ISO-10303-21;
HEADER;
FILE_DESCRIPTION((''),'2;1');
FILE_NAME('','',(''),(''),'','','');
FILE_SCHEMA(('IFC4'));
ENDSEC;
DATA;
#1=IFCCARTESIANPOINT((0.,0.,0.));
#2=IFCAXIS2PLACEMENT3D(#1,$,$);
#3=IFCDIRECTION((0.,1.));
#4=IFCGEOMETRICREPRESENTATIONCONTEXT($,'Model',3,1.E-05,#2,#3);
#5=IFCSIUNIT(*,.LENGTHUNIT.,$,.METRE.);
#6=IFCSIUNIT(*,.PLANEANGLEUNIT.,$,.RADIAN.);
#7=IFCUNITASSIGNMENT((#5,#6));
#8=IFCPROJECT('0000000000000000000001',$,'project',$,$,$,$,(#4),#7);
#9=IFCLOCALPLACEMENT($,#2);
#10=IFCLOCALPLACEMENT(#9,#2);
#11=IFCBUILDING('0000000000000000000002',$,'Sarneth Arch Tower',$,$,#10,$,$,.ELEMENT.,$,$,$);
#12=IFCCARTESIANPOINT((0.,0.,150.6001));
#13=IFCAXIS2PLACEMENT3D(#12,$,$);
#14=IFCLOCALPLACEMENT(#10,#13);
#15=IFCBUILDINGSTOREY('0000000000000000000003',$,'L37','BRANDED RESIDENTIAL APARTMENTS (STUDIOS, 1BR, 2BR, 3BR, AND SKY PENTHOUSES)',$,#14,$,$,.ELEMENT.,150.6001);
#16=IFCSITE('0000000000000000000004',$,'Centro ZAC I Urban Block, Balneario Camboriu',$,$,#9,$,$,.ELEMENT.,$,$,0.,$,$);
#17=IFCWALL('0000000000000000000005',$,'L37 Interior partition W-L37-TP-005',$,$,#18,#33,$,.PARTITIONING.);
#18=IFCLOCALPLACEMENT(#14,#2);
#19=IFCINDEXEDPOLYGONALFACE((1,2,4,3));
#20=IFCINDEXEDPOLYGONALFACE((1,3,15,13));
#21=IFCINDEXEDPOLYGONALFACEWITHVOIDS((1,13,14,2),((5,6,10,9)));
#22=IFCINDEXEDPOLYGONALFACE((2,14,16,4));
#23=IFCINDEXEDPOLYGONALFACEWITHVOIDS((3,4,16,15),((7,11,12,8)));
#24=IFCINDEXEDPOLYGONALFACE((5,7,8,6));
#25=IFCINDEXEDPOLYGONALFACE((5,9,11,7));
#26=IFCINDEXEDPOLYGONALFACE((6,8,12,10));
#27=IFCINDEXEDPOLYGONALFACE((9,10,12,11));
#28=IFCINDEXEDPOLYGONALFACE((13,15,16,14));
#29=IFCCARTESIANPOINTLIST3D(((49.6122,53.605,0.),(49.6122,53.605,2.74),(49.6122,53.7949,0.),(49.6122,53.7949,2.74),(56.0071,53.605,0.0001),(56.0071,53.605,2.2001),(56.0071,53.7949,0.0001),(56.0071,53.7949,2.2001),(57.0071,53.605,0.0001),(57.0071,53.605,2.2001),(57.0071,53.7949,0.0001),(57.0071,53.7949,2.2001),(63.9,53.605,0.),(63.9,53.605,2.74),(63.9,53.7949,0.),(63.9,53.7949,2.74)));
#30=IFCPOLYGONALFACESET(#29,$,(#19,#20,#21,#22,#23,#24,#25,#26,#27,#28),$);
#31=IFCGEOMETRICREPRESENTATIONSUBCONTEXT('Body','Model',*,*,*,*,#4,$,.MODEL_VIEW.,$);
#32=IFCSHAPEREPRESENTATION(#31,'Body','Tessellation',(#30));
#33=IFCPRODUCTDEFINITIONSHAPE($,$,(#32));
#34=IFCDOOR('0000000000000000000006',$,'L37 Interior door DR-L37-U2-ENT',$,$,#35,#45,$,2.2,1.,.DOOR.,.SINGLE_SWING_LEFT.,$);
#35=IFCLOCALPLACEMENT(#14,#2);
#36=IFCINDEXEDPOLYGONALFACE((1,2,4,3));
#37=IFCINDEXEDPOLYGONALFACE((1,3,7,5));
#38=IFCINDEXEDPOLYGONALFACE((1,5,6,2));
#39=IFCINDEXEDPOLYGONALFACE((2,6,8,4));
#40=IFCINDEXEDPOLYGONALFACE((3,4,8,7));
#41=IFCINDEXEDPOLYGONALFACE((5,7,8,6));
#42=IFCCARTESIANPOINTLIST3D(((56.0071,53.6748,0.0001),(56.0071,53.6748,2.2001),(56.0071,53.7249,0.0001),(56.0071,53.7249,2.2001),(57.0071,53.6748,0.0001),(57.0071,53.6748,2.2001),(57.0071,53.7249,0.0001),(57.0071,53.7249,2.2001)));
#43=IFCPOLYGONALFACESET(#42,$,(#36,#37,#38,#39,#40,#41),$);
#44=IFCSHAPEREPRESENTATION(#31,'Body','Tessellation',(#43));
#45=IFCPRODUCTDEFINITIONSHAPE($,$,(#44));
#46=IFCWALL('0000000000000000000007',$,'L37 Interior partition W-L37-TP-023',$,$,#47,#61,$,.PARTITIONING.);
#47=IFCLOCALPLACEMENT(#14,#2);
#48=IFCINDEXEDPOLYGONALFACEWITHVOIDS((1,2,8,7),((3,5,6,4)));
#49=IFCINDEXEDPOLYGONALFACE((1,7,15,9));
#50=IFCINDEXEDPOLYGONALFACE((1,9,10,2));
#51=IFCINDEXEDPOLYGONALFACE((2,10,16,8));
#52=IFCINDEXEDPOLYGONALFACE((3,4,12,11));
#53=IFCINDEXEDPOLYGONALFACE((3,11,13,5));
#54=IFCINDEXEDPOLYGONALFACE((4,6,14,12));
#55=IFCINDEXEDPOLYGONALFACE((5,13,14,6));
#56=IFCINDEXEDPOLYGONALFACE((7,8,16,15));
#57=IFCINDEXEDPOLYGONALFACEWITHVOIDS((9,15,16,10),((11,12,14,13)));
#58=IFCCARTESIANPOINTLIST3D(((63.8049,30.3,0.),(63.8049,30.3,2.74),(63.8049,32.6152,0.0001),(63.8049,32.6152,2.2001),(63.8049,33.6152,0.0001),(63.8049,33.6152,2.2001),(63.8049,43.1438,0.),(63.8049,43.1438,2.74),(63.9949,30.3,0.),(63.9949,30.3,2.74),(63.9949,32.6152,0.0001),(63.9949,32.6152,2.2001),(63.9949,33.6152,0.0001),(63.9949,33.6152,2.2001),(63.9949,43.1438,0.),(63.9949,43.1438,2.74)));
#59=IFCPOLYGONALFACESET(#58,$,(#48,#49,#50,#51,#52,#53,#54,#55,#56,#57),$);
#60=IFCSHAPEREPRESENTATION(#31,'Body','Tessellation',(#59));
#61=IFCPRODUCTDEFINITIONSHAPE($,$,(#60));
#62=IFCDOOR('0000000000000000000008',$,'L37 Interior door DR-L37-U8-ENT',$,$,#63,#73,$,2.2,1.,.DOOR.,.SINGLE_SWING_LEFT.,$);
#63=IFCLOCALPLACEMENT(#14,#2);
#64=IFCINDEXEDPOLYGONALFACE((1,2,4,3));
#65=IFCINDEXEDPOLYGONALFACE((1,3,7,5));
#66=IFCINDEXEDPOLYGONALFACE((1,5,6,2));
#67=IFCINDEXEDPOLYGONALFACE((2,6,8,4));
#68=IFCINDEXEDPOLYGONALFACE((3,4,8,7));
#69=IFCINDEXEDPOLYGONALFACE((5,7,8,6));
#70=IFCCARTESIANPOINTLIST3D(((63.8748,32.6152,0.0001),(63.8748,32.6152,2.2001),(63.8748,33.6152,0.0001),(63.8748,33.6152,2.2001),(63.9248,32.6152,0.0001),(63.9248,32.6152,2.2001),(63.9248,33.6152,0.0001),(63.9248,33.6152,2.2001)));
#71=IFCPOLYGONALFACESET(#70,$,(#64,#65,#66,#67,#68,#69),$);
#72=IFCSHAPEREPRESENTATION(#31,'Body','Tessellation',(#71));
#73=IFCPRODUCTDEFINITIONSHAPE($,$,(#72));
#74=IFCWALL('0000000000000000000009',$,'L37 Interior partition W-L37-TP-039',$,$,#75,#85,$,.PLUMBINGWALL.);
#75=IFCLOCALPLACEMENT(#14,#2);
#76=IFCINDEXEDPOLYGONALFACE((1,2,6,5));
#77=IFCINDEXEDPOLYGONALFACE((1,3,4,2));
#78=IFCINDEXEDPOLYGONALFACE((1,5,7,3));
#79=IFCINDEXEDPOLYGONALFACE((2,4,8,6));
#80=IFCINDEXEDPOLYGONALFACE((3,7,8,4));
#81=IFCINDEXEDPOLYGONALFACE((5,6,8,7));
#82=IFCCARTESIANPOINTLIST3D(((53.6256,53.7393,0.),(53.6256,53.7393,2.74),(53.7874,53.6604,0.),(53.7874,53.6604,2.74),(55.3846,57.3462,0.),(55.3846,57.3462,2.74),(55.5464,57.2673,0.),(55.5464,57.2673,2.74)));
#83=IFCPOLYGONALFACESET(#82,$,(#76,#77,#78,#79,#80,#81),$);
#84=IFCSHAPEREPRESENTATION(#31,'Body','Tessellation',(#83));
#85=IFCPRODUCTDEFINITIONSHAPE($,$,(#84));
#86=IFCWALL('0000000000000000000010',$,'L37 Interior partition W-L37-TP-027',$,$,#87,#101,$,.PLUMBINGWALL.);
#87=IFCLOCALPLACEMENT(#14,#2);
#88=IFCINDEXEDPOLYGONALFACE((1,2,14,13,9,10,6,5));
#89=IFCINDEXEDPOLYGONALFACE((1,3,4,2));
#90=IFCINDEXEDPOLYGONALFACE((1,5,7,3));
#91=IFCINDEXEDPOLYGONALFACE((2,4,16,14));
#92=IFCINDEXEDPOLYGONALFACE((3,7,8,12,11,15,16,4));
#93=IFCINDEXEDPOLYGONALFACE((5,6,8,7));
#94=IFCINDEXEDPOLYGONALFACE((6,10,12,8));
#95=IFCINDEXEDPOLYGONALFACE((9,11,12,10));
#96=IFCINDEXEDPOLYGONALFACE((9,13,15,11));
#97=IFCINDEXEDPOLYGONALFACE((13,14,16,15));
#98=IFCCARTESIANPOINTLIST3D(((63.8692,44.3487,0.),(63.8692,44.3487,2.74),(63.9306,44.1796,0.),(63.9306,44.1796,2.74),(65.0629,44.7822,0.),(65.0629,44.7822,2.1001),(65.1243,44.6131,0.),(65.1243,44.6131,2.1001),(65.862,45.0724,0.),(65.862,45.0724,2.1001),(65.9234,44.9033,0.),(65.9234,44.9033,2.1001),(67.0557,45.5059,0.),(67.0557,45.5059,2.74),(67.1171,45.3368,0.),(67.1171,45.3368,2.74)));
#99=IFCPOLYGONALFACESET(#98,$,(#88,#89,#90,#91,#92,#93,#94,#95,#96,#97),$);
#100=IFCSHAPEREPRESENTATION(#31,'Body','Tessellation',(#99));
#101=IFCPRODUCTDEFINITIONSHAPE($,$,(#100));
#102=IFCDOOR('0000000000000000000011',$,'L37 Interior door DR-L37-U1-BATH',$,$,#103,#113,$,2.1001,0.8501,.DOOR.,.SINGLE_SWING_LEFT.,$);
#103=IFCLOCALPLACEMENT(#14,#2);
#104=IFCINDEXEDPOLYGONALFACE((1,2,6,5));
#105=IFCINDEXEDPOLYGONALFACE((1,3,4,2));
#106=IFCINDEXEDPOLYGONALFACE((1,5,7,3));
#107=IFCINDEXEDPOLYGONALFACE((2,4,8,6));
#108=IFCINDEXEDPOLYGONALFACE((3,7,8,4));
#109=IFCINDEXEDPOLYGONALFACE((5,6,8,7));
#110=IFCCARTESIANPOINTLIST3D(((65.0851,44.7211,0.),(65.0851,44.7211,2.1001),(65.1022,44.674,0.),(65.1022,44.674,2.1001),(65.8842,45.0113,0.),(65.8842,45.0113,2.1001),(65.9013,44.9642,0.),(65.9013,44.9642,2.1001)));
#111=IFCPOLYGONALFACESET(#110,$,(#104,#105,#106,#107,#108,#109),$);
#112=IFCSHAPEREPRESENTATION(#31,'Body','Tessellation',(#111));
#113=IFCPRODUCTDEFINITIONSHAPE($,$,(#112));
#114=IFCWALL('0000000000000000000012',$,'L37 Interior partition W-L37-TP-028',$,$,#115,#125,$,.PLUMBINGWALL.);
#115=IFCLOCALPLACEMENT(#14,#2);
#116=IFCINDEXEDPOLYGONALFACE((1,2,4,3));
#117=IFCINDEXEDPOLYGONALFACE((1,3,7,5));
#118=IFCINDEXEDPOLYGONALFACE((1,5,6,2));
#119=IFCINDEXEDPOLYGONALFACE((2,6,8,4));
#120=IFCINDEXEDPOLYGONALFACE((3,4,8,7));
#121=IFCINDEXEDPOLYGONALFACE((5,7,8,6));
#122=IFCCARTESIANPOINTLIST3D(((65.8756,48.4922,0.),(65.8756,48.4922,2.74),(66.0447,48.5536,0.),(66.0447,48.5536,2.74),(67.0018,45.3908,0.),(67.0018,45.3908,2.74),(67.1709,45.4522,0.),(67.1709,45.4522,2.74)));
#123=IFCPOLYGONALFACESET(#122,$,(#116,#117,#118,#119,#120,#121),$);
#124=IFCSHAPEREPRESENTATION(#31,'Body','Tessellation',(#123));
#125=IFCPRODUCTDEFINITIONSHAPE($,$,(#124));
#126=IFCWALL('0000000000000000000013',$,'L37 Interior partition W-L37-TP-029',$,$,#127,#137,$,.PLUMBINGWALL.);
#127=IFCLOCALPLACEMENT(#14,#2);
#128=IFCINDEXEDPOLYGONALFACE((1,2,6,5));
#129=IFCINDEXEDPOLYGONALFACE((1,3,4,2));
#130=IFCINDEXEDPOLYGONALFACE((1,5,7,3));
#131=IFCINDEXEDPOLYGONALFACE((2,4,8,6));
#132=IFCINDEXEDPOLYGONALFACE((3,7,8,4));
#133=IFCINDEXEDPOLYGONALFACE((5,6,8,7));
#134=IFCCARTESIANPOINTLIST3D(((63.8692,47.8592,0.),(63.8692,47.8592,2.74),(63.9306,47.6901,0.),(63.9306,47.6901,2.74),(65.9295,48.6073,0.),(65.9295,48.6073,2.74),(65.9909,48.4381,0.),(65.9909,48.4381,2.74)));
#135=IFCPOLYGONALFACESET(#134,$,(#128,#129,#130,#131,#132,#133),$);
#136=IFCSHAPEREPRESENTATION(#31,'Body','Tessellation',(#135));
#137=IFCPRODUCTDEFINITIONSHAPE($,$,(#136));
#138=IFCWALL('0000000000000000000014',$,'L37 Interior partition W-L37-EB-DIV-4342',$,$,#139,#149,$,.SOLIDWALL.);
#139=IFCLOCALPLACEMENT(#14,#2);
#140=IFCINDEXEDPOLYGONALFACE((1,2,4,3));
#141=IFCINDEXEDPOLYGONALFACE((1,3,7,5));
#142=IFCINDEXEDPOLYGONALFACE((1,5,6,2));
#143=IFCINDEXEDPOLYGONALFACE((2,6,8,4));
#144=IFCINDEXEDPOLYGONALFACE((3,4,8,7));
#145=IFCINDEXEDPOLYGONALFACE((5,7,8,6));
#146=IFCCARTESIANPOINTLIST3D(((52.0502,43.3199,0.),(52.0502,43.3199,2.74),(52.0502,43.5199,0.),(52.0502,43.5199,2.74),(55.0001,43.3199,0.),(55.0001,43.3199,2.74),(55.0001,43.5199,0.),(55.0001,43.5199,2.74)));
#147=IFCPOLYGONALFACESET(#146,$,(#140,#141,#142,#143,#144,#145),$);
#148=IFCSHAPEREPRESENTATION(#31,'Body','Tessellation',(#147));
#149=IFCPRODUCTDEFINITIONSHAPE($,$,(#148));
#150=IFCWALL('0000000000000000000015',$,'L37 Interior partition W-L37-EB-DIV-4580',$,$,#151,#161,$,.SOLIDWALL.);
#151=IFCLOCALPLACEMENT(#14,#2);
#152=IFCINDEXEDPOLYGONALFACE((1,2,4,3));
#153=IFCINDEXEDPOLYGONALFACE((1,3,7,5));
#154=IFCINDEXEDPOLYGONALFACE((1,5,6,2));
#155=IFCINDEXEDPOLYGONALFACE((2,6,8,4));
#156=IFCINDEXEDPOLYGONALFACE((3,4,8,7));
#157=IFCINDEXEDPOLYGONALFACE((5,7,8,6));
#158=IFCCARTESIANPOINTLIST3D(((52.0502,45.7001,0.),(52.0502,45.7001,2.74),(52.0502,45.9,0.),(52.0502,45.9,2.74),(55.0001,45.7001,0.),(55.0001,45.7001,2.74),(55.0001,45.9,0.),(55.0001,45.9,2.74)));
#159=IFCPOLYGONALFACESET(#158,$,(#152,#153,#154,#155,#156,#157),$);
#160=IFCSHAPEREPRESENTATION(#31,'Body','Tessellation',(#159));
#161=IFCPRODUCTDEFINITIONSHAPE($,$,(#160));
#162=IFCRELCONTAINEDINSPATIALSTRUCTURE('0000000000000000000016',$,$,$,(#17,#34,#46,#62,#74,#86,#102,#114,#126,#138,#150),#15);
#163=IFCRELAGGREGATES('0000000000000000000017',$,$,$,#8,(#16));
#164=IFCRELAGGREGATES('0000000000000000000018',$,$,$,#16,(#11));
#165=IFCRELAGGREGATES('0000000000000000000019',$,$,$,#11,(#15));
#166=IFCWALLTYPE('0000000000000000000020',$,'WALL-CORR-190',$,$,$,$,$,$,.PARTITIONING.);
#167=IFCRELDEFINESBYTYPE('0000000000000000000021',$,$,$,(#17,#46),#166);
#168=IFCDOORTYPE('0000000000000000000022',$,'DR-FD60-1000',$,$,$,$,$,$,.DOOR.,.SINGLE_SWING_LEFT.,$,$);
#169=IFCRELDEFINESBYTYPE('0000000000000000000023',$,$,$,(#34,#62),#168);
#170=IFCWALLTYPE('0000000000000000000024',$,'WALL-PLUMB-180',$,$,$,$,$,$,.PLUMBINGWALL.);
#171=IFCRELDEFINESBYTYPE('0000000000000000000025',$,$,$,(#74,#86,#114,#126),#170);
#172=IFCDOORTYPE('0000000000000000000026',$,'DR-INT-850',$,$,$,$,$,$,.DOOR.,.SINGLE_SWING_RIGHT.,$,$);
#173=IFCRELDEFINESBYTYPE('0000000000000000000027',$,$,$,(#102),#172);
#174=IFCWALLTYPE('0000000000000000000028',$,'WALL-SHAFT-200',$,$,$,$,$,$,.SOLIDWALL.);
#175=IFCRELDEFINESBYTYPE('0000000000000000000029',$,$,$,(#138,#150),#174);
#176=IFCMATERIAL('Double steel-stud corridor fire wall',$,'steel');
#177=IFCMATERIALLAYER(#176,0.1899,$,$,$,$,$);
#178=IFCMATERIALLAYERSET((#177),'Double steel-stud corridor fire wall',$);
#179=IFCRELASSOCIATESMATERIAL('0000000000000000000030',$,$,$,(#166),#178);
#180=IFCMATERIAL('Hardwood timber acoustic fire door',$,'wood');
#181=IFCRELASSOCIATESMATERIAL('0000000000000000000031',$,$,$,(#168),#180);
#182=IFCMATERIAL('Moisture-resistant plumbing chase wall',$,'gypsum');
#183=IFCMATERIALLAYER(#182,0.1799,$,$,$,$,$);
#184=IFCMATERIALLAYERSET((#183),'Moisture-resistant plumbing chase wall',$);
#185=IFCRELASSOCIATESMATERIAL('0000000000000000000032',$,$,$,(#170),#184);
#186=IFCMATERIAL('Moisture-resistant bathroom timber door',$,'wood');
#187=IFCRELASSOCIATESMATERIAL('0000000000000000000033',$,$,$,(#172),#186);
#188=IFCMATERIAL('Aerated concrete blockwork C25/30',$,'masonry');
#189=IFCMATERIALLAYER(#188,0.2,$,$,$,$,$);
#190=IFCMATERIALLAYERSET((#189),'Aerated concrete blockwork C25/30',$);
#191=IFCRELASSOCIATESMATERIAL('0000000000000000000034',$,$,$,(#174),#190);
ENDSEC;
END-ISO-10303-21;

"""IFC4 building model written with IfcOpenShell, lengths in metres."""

from ifc_helpers import new_model, si_unit, direction, frame, frame_2d, origin, place, context, subcontext, project, spatial, rectangle, extrude, material, layer, layer_set, type_object, element, fill, save


model = new_model("IFC4")

# Units and contexts
model_context = context("Model", 3, precision=1e-05, world=origin(), true_north=direction((0.0, 1.0)))
body_context = subcontext(model_context, "Body", "Model", "MODEL_VIEW")
ifc_project = project(units=[si_unit("LENGTHUNIT", "METRE"), si_unit("PLANEANGLEUNIT", "RADIAN")], contexts=[model_context])

# Site, building, storey
site_placement = place(None, origin())
site = spatial("IfcSite", under=ifc_project, at=site_placement, Name="Centro ZAC I Urban Block, Balneario Camboriu", CompositionType="ELEMENT", RefElevation=0.0)
building_placement = place(site_placement, origin())
building = spatial("IfcBuilding", under=site, at=building_placement, Name="Sarneth Arch Tower", CompositionType="ELEMENT")
storey_placement = place(building_placement, frame((0.0, 0.0, 150.6001)))
storey = spatial("IfcBuildingStorey", under=building, at=storey_placement, Name="L37", Description="BRANDED RESIDENTIAL APARTMENTS (STUDIOS, 1BR, 2BR, 3BR, AND SKY PENTHOUSES)", CompositionType="ELEMENT", Elevation=150.6001)

# Walls, openings, doors
ifc_material_1 = material(Name="Double steel-stud corridor fire wall", Category="steel")
ifc_layer_1 = layer(ifc_material_1, 0.1899)
ifc_layer_set_1 = layer_set([ifc_layer_1], Name="Double steel-stud corridor fire wall")
wall_type_1 = type_object("IfcWallType", Name="WALL-CORR-190", PredefinedType="PARTITIONING", material=ifc_layer_set_1)
ifc_material_2 = material(Name="Hardwood timber acoustic fire door", Category="wood")
door_type_1 = type_object("IfcDoorType", Name="DR-FD60-1000", OperationType="SINGLE_SWING_LEFT", PredefinedType="DOOR", material=ifc_material_2)
wall_1_placement = place(storey_placement, frame((49.6121, 53.7, 0.0), z_axis=(0.0, 0.0, 1.0), x_axis=(1.0, 0.0, 0.0)))
wall_1 = element("IfcWall", 1, at=wall_1_placement, inside=storey, type_object=wall_type_1, Name="L37 Interior partition W-L37-TP-005", PredefinedType="PARTITIONING", context=body_context, shape_type="SweptSolid", body=[
    extrude(rectangle(XDim=14.2878, YDim=0.1899, at=frame_2d((7.144, 0.0))), origin(), (0.0, 0.0, 1.0), 2.74),
])
opening_1_placement = place(wall_1_placement, frame((6.395, 0.0, 0.0)))
opening_1 = element("IfcOpeningElement", 2, at=opening_1_placement, cuts=wall_1, PredefinedType="OPENING", context=body_context, shape_type="SweptSolid", body=[
    extrude(rectangle(XDim=1.0, YDim=2.2, at=frame_2d((0.5, 1.1001))), frame((0.0, 0.105, 0.0), z_axis=(0.0, -1.0, 0.0), x_axis=(1.0, 0.0, 0.0)), (0.0, 0.0, 1.0), 0.21),
])
door_1_placement = place(opening_1_placement, origin())
door_1 = element("IfcDoor", 3, at=door_1_placement, inside=storey, type_object=door_type_1, Name="L37 Interior door DR-L37-U2-ENT", OperationType="SINGLE_SWING_LEFT", OverallHeight=2.2, OverallWidth=1.0, PredefinedType="DOOR", context=body_context, shape_type="SweptSolid", body=[
    extrude(rectangle(XDim=1.0, YDim=2.2, at=frame_2d((0.5, 1.1001))), frame((0.0, 0.0249, 0.0), z_axis=(0.0, -1.0, 0.0), x_axis=(1.0, 0.0, 0.0)), (0.0, 0.0, 1.0), 0.05),
])
fill(opening_1, door_1)
wall_2_placement = place(storey_placement, frame((63.8999, 43.1438, 0.0), z_axis=(0.0, 0.0, 1.0), x_axis=(0.0, -1.0, 0.0)))
wall_2 = element("IfcWall", 4, at=wall_2_placement, inside=storey, type_object=wall_type_1, Name="L37 Interior partition W-L37-TP-023", PredefinedType="PARTITIONING", context=body_context, shape_type="SweptSolid", body=[
    extrude(rectangle(XDim=12.8438, YDim=0.1899, at=frame_2d((6.4219, 0.0))), origin(), (0.0, 0.0, 1.0), 2.74),
])
opening_2_placement = place(wall_2_placement, frame((9.5286, 0.0, 0.0)))
opening_2 = element("IfcOpeningElement", 5, at=opening_2_placement, cuts=wall_2, PredefinedType="OPENING", context=body_context, shape_type="SweptSolid", body=[
    extrude(rectangle(XDim=1.0, YDim=2.2, at=frame_2d((0.5, 1.1001))), frame((0.0, 0.105, 0.0), z_axis=(0.0, -1.0, 0.0), x_axis=(1.0, 0.0, 0.0)), (0.0, 0.0, 1.0), 0.21),
])
door_2_placement = place(opening_2_placement, origin())
door_2 = element("IfcDoor", 6, at=door_2_placement, inside=storey, type_object=door_type_1, Name="L37 Interior door DR-L37-U8-ENT", OperationType="SINGLE_SWING_LEFT", OverallHeight=2.2, OverallWidth=1.0, PredefinedType="DOOR", context=body_context, shape_type="SweptSolid", body=[
    extrude(rectangle(XDim=1.0, YDim=2.2, at=frame_2d((0.5, 1.1001))), frame((0.0, 0.0249, 0.0), z_axis=(0.0, -1.0, 0.0), x_axis=(1.0, 0.0, 0.0)), (0.0, 0.0, 1.0), 0.05),
])
fill(opening_2, door_2)

# Wall
ifc_material_3 = material(Name="Moisture-resistant plumbing chase wall", Category="gypsum")
ifc_layer_2 = layer(ifc_material_3, 0.1799)
ifc_layer_set_2 = layer_set([ifc_layer_2], Name="Moisture-resistant plumbing chase wall")
wall_type_2 = type_object("IfcWallType", Name="WALL-PLUMB-180", PredefinedType="PLUMBINGWALL", material=ifc_layer_set_2)
wall_3_placement = place(storey_placement, frame((53.7065, 53.7, 0.0), z_axis=(0.0, 0.0, 1.0), x_axis=(0.438334, 0.898812, 0.0)))
element("IfcWall", 7, at=wall_3_placement, inside=storey, type_object=wall_type_2, Name="L37 Interior partition W-L37-TP-039", PredefinedType="PLUMBINGWALL", context=body_context, shape_type="SweptSolid", body=[
    extrude(rectangle(XDim=4.0129, YDim=0.1799, at=frame_2d((2.0063, 0.0))), origin(), (0.0, 0.0, 1.0), 2.74),
])

# Wall, opening, door
wall_4_placement = place(storey_placement, frame((63.8999, 44.2642, 0.0), z_axis=(0.0, 0.0, 1.0), x_axis=(0.939936, 0.34135, 0.0)))
wall_4 = element("IfcWall", 8, at=wall_4_placement, inside=storey, type_object=wall_type_2, Name="L37 Interior partition W-L37-TP-027", PredefinedType="PLUMBINGWALL", context=body_context, shape_type="SweptSolid", body=[
    extrude(rectangle(XDim=3.3901, YDim=0.1799, at=frame_2d((1.6951, 0.0))), origin(), (0.0, 0.0, 1.0), 2.74),
])
opening_3_placement = place(wall_4_placement, frame((1.27, 0.0, 0.0)))
opening_3 = element("IfcOpeningElement", 9, at=opening_3_placement, cuts=wall_4, PredefinedType="OPENING", context=body_context, shape_type="SweptSolid", body=[
    extrude(rectangle(XDim=0.8501, YDim=2.1001, at=frame_2d((0.425, 1.05))), frame((0.0, 0.0999, 0.0), z_axis=(0.0, -1.0, 0.0), x_axis=(1.0, 0.0, 0.0)), (0.0, 0.0, 1.0), 0.2),
])
ifc_material_4 = material(Name="Moisture-resistant bathroom timber door", Category="wood")
door_type_2 = type_object("IfcDoorType", Name="DR-INT-850", OperationType="SINGLE_SWING_RIGHT", PredefinedType="DOOR", material=ifc_material_4)
door_3_placement = place(opening_3_placement, origin())
door_3 = element("IfcDoor", 10, at=door_3_placement, inside=storey, type_object=door_type_2, Name="L37 Interior door DR-L37-U1-BATH", OperationType="SINGLE_SWING_LEFT", OverallHeight=2.1001, OverallWidth=0.8501, PredefinedType="DOOR", context=body_context, shape_type="SweptSolid", body=[
    extrude(rectangle(XDim=0.8501, YDim=2.1001, at=frame_2d((0.425, 1.05))), frame((0.0, 0.0249, 0.0), z_axis=(0.0, -1.0, 0.0), x_axis=(1.0, 0.0, 0.0)), (0.0, 0.0, 1.0), 0.05),
])
fill(opening_3, door_3)

# Walls
wall_5_placement = place(storey_placement, frame((67.0864, 45.4214, 0.0), z_axis=(0.0, 0.0, 1.0), x_axis=(-0.341333, 0.939942, 0.0)))
element("IfcWall", 11, at=wall_5_placement, inside=storey, type_object=wall_type_2, Name="L37 Interior partition W-L37-TP-028", PredefinedType="PLUMBINGWALL", context=body_context, shape_type="SweptSolid", body=[
    extrude(rectangle(XDim=3.2996, YDim=0.1799, at=frame_2d((1.6499, 0.0))), origin(), (0.0, 0.0, 1.0), 2.74),
])
wall_6_placement = place(storey_placement, frame((65.9602, 48.5227, 0.0), z_axis=(0.0, 0.0, 1.0), x_axis=(-0.939962, -0.341278, 0.0)))
element("IfcWall", 12, at=wall_6_placement, inside=storey, type_object=wall_type_2, Name="L37 Interior partition W-L37-TP-029", PredefinedType="PLUMBINGWALL", context=body_context, shape_type="SweptSolid", body=[
    extrude(rectangle(XDim=2.1919, YDim=0.1799, at=frame_2d((1.0959, 0.0))), origin(), (0.0, 0.0, 1.0), 2.74),
])
ifc_material_5 = material(Name="Aerated concrete blockwork C25/30", Category="masonry")
ifc_layer_3 = layer(ifc_material_5, 0.2)
ifc_layer_set_3 = layer_set([ifc_layer_3], Name="Aerated concrete blockwork C25/30")
wall_type_3 = type_object("IfcWallType", Name="WALL-SHAFT-200", PredefinedType="SOLIDWALL", material=ifc_layer_set_3)
for number, where, z_axis, x_axis, name in (
    (13, (52.05, 43.4199, 0.0), (0.0, 0.0, 1.0), (1.0, 0.0, 0.0), "L37 Interior partition W-L37-EB-DIV-4342"),
    (14, (52.05, 45.8, 0.0), (0.0, 0.0, 1.0), (1.0, 0.0, 0.0), "L37 Interior partition W-L37-EB-DIV-4580"),
):
    element("IfcWall", number, at=place(storey_placement, frame(where, z_axis=z_axis, x_axis=x_axis)), inside=storey, type_object=wall_type_3, Name=name, PredefinedType="SOLIDWALL", context=body_context, shape_type="SweptSolid", body=[
        extrude(rectangle(XDim=2.95, YDim=0.2, at=frame_2d((1.4751, 0.0))), origin(), (0.0, 0.0, 1.0), 2.74),
    ])

save(model, "model.ifc")
